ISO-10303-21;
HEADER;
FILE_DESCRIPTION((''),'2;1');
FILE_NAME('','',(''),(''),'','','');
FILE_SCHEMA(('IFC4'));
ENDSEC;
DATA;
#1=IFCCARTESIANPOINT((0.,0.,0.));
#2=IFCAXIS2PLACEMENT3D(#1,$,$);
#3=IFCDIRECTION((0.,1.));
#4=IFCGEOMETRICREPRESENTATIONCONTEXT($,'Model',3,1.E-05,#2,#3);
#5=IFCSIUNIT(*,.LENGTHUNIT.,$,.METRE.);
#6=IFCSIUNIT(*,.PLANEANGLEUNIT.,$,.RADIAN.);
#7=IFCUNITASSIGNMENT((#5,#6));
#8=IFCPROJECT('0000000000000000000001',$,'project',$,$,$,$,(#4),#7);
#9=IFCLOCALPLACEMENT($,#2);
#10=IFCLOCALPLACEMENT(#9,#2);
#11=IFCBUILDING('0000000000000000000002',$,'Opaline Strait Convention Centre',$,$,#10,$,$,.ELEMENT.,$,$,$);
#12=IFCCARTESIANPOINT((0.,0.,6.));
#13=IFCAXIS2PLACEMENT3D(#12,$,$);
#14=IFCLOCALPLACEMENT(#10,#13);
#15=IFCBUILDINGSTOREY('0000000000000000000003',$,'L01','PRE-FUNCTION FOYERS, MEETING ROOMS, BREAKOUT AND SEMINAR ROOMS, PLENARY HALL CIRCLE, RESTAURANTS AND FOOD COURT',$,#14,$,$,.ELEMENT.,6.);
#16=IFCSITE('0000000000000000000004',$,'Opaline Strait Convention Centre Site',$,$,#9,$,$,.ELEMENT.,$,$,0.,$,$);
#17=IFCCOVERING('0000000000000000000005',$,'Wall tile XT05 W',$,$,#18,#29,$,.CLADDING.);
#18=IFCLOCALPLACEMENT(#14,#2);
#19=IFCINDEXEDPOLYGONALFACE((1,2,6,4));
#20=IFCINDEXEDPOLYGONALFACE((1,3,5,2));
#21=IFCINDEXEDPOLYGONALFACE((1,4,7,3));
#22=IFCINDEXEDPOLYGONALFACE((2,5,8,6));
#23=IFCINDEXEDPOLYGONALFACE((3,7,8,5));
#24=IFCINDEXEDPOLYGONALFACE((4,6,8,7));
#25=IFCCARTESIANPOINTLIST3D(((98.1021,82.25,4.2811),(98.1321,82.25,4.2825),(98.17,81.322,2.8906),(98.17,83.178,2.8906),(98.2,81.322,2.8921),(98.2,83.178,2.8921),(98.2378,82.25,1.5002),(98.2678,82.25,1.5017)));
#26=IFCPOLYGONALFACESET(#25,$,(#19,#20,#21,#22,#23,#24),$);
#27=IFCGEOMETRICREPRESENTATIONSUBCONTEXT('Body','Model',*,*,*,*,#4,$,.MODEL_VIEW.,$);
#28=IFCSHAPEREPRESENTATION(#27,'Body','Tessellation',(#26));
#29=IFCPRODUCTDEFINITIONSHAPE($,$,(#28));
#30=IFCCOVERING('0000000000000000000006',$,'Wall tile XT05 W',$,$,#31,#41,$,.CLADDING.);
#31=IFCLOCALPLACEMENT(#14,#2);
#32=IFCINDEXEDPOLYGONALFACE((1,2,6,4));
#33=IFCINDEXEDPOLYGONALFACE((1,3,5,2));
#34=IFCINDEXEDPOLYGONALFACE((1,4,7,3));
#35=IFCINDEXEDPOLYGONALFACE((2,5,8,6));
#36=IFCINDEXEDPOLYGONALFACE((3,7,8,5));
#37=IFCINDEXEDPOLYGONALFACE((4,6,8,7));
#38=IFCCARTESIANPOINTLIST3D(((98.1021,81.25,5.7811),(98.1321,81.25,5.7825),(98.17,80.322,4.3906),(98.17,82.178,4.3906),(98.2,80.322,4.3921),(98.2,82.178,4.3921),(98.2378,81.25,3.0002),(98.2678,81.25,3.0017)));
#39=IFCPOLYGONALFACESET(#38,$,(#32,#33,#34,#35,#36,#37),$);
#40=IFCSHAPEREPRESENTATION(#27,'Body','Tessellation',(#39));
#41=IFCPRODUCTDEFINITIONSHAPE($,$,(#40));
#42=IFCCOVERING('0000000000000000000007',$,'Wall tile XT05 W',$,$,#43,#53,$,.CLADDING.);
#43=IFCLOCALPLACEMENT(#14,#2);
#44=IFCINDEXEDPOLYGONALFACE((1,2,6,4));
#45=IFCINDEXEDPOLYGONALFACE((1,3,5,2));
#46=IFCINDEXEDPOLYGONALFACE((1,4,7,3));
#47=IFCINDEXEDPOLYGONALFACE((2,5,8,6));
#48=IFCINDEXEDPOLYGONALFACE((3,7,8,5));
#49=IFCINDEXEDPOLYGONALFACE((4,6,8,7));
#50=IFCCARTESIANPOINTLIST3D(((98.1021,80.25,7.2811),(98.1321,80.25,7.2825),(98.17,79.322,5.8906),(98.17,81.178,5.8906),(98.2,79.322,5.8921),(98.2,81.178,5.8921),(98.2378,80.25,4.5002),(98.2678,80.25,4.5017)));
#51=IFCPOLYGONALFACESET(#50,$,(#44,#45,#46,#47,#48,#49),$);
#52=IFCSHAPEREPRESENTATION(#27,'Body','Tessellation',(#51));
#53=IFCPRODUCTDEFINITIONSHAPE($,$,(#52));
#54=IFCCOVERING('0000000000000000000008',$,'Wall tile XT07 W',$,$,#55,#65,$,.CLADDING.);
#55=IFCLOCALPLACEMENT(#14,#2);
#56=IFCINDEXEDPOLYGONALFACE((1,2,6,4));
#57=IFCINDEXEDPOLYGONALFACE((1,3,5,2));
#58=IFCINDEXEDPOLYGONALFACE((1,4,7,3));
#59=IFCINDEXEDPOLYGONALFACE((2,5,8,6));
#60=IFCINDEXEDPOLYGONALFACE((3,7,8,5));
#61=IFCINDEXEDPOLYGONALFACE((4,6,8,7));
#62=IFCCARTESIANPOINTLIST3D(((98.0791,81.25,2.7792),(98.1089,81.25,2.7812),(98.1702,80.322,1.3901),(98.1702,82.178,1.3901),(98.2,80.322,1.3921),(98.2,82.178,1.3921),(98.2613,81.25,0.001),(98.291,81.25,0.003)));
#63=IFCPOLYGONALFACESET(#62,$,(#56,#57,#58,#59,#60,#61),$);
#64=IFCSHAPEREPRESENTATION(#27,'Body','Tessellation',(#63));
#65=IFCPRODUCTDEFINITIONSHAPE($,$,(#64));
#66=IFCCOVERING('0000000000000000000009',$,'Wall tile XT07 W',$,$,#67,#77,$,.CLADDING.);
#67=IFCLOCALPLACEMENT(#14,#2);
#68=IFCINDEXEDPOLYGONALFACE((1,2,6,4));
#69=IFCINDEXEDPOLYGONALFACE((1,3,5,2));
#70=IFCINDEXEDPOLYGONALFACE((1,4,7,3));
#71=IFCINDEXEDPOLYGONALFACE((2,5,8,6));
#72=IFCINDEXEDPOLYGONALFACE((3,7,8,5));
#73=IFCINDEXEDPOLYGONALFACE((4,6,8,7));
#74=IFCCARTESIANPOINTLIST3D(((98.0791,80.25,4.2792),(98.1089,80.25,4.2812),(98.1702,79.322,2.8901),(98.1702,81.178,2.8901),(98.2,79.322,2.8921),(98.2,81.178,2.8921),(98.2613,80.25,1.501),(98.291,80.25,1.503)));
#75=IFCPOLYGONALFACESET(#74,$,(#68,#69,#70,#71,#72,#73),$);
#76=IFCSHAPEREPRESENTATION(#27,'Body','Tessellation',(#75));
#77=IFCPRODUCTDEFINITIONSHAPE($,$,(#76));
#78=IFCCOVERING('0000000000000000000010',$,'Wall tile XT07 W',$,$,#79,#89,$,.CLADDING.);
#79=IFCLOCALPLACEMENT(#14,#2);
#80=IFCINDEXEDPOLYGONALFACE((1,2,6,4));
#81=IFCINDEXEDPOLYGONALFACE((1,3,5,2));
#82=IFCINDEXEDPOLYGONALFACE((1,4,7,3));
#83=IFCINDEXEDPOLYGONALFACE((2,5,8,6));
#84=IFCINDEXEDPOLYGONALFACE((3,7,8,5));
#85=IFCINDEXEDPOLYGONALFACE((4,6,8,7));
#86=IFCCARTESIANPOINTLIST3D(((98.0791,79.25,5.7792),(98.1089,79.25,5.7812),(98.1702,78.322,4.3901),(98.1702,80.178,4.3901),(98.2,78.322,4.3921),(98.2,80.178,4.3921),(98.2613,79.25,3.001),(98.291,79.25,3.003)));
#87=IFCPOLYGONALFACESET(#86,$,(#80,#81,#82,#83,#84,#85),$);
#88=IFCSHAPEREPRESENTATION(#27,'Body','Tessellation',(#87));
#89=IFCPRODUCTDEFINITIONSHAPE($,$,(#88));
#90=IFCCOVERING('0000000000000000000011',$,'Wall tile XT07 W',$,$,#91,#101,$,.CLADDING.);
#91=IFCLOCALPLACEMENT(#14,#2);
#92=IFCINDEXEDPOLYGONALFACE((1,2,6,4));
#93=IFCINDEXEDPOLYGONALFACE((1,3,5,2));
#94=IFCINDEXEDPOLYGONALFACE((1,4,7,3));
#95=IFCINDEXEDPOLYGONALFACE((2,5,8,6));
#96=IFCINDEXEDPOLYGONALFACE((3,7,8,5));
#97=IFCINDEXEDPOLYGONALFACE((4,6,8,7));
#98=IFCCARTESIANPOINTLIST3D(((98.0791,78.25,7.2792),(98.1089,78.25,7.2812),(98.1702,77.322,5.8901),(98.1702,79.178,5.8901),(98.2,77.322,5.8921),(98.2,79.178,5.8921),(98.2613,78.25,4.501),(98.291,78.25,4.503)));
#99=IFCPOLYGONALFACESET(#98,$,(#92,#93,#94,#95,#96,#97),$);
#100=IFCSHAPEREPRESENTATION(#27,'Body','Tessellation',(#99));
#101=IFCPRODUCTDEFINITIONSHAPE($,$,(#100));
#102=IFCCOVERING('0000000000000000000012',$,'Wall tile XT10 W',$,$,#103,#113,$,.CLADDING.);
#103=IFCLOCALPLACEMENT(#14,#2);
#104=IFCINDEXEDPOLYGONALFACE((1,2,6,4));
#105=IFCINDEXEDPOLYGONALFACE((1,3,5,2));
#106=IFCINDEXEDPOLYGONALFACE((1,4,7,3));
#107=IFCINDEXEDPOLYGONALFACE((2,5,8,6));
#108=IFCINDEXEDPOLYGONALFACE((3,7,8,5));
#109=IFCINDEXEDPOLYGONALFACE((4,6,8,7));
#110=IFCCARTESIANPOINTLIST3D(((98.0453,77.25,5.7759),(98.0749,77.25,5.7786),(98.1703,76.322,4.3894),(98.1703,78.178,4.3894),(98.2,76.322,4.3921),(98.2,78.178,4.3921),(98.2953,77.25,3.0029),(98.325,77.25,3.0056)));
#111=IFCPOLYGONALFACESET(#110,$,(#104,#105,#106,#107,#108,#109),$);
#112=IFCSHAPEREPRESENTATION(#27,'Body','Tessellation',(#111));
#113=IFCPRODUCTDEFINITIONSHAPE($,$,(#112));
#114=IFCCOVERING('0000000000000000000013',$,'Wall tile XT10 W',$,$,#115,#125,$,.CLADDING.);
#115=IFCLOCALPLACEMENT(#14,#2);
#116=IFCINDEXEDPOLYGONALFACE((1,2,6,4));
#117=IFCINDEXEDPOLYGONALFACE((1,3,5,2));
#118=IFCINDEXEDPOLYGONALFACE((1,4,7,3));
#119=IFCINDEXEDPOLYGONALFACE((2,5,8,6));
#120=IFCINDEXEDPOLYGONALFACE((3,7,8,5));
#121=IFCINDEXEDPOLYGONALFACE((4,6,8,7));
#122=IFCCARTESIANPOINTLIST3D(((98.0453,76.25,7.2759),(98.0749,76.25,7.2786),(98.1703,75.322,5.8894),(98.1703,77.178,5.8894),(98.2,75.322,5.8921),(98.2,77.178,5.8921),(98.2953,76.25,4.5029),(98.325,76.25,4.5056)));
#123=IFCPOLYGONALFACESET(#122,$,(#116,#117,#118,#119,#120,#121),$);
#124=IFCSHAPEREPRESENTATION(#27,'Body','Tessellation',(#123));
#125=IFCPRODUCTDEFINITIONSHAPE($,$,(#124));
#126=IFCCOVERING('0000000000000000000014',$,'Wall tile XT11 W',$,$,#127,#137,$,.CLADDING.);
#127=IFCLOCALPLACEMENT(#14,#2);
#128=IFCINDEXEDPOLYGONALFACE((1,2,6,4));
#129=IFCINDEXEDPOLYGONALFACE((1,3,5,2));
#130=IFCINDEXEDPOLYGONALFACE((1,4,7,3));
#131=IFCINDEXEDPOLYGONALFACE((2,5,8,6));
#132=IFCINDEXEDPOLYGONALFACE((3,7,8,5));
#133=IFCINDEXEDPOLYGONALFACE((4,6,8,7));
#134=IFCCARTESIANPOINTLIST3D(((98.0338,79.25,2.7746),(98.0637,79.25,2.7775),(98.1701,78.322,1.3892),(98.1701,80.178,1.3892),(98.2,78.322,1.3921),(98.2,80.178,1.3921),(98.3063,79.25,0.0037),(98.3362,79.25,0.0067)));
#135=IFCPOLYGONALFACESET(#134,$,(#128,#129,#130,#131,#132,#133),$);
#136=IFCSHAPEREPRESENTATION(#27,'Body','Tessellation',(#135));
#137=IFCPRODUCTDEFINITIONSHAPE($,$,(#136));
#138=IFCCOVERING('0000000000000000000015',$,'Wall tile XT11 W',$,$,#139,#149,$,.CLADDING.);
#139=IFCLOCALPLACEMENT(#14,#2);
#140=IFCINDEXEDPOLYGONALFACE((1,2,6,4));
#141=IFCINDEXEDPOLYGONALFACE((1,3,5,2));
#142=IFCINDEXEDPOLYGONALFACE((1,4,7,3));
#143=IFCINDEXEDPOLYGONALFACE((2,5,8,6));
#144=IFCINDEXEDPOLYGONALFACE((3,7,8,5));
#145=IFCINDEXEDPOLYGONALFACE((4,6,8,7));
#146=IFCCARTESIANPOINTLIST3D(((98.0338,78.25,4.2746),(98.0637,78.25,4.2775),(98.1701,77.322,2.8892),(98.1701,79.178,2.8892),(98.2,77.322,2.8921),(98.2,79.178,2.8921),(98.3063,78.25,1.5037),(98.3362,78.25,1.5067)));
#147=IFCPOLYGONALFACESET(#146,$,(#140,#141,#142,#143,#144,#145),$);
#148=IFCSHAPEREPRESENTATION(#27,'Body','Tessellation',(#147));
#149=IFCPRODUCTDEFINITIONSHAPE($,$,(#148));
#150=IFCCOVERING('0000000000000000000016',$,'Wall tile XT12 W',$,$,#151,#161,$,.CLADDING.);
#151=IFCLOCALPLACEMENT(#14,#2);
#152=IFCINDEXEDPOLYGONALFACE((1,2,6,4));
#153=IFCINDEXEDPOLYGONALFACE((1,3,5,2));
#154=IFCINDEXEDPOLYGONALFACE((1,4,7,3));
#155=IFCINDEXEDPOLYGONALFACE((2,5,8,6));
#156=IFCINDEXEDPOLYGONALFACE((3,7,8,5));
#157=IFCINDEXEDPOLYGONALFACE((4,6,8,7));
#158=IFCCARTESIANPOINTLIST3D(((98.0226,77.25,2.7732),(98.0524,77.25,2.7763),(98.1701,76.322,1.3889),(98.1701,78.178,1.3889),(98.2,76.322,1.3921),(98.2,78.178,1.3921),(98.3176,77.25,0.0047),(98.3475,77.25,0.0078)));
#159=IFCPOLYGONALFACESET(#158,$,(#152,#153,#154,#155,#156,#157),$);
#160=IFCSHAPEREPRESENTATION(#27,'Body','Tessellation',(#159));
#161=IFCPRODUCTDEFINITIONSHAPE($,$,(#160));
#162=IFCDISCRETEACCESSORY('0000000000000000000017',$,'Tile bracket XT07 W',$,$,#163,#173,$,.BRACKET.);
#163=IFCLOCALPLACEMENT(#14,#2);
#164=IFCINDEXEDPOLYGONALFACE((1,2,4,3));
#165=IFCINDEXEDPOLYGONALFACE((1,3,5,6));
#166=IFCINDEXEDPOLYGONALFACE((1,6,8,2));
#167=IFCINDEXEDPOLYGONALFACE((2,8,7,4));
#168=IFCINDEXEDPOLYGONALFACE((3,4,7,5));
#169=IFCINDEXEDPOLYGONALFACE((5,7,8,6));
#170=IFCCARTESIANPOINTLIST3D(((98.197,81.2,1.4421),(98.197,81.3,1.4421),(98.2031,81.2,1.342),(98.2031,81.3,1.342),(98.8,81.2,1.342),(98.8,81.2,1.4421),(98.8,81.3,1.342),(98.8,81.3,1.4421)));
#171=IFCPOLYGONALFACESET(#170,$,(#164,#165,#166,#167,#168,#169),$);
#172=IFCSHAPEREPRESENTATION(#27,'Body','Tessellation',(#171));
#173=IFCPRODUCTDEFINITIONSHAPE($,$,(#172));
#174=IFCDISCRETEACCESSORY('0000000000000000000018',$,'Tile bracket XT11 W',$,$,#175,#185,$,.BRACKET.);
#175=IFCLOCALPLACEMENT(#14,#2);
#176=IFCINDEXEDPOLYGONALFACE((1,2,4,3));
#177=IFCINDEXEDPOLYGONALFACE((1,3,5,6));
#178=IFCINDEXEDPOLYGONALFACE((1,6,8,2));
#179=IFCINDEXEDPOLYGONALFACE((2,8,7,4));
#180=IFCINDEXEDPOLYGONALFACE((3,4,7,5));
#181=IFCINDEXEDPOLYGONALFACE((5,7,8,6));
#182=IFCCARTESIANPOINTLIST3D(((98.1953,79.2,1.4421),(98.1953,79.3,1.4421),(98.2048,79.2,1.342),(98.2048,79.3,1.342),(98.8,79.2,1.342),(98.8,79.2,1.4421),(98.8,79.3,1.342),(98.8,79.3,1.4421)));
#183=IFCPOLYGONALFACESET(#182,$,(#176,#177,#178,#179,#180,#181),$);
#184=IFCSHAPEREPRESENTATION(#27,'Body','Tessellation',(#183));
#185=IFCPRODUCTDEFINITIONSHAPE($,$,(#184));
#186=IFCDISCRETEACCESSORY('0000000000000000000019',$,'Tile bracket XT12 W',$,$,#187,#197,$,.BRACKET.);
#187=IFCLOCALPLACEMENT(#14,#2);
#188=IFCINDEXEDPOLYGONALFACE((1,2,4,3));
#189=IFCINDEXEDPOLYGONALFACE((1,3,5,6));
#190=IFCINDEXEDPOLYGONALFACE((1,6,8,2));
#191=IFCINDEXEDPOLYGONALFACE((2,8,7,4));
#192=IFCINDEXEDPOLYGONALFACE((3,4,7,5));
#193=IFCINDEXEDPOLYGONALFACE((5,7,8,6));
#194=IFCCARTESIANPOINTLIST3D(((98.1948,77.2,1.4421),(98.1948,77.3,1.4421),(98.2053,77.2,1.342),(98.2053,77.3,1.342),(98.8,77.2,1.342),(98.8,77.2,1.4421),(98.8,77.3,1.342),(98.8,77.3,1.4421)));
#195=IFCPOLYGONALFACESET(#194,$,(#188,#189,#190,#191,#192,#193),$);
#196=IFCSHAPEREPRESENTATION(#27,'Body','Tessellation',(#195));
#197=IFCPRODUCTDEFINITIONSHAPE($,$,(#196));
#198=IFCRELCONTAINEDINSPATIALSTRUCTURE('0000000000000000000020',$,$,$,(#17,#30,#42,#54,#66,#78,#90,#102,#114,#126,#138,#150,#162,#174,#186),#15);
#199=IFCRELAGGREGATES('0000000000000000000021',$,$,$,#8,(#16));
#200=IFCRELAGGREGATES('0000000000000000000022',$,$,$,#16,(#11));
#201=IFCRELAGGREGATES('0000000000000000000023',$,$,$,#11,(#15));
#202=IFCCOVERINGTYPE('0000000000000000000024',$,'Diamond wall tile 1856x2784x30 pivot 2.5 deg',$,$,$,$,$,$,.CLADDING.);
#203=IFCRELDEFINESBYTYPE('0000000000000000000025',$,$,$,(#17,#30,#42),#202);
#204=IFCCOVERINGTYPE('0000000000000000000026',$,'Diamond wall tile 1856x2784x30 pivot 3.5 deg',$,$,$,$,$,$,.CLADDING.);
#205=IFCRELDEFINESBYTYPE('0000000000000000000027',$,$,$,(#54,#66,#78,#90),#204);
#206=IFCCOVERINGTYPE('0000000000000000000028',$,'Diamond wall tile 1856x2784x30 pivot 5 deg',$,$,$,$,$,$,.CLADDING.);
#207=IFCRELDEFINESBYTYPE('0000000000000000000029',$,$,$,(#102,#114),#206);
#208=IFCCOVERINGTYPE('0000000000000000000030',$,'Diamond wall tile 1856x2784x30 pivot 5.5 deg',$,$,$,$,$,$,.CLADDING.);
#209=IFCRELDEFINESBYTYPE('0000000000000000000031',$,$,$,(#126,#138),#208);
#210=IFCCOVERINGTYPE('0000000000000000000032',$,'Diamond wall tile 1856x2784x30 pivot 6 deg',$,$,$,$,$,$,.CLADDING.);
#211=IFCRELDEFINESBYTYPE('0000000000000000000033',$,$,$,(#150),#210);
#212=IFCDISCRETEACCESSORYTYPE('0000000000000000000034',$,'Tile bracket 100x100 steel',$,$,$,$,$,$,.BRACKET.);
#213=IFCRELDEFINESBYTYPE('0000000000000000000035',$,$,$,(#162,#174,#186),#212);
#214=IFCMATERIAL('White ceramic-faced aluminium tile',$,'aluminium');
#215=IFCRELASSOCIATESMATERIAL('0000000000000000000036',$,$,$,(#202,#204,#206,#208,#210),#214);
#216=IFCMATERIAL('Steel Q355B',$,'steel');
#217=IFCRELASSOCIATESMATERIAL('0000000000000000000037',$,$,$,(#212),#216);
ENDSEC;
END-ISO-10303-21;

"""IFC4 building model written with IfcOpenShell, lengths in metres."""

from ifc_helpers import new_model, si_unit, direction, frame, origin, place, context, subcontext, project, spatial, polyline, outline, extrude, material, material_profile, profile_set, type_object, element, save


model = new_model("IFC4")

# Units and contexts
model_context = context("Model", 3, precision=1e-05, world=origin(), true_north=direction((0.0, 1.0)))
body_context = subcontext(model_context, "Body", "Model", "MODEL_VIEW")
ifc_project = project(units=[si_unit("LENGTHUNIT", "METRE"), si_unit("PLANEANGLEUNIT", "RADIAN")], contexts=[model_context])

# Site, building, storey
site_placement = place(None, origin())
site = spatial("IfcSite", under=ifc_project, at=site_placement, Name="Opaline Strait Convention Centre Site", CompositionType="ELEMENT", RefElevation=0.0)
building_placement = place(site_placement, origin())
building = spatial("IfcBuilding", under=site, at=building_placement, Name="Opaline Strait Convention Centre", CompositionType="ELEMENT")
storey_placement = place(building_placement, frame((0.0, 0.0, 6.0)))
storey = spatial("IfcBuildingStorey", under=building, at=storey_placement, Name="L01", Description="PRE-FUNCTION FOYERS, MEETING ROOMS, BREAKOUT AND SEMINAR ROOMS, PLENARY HALL CIRCLE, RESTAURANTS AND FOOD COURT", CompositionType="ELEMENT", Elevation=6.0)

# Coverings
ifc_material_1 = material(Name="White ceramic-faced aluminium tile", Category="aluminium")
ifc_material_profile_1 = material_profile(ifc_material_1, outline(polyline([(0.928, 0.0), (0.0, 1.3921), (-0.928, 0.0), (0.0, -1.3921), (0.928, 0.0)])), Name="Diamond tile 1856x2784")
ifc_profile_set_1 = profile_set([ifc_material_profile_1], Name="White ceramic-faced aluminium tile")
covering_type_1 = type_object("IfcCoveringType", Name="Diamond wall tile 1856x2784x30 pivot 2.5 deg", PredefinedType="CLADDING", material=ifc_profile_set_1)
for number, where, z_axis, x_axis, name in (
    (1, (98.2, 82.25, 2.8921), (-0.998812, 0.0, -0.048723), (0.0, -1.0, 0.0), "Wall tile XT05 W"),
    (2, (98.2, 81.25, 4.3921), (-0.998812, 0.0, -0.048723), (0.0, -1.0, 0.0), "Wall tile XT05 W"),
    (3, (98.2, 80.25, 5.8921), (-0.998812, 0.0, -0.048723), (0.0, -1.0, 0.0), "Wall tile XT05 W"),
):
    element("IfcCovering", number, at=place(storey_placement, frame(where, z_axis=z_axis, x_axis=x_axis)), inside=storey, type_object=covering_type_1, Name=name, PredefinedType="CLADDING", context=body_context, shape_type="SweptSolid", body=[
        extrude(outline(polyline([(0.928, 0.0), (0.0, 1.3921), (-0.928, 0.0), (0.0, -1.3921), (0.928, 0.0)])), origin(), (0.0, 0.0, 1.0), 0.03),
    ])
ifc_material_profile_2 = material_profile(ifc_material_1, outline(polyline([(0.928, 0.0), (0.0, 1.3921), (-0.928, 0.0), (0.0, -1.3921), (0.928, 0.0)])), Name="Diamond tile 1856x2784")
ifc_profile_set_2 = profile_set([ifc_material_profile_2], Name="White ceramic-faced aluminium tile")
covering_type_2 = type_object("IfcCoveringType", Name="Diamond wall tile 1856x2784x30 pivot 3.5 deg", PredefinedType="CLADDING", material=ifc_profile_set_2)
for number, where, z_axis, x_axis, name in (
    (4, (98.2, 81.25, 1.3921), (-0.997857, 0.0, -0.065433), (0.0, -1.0, 0.0), "Wall tile XT07 W"),
    (5, (98.2, 80.25, 2.8921), (-0.997857, 0.0, -0.065433), (0.0, -1.0, 0.0), "Wall tile XT07 W"),
    (6, (98.2, 79.25, 4.3921), (-0.997857, 0.0, -0.065433), (0.0, -1.0, 0.0), "Wall tile XT07 W"),
    (7, (98.2, 78.25, 5.8921), (-0.997857, 0.0, -0.065433), (0.0, -1.0, 0.0), "Wall tile XT07 W"),
):
    element("IfcCovering", number, at=place(storey_placement, frame(where, z_axis=z_axis, x_axis=x_axis)), inside=storey, type_object=covering_type_2, Name=name, PredefinedType="CLADDING", context=body_context, shape_type="SweptSolid", body=[
        extrude(outline(polyline([(0.928, 0.0), (0.0, 1.3921), (-0.928, 0.0), (0.0, -1.3921), (0.928, 0.0)])), origin(), (0.0, 0.0, 1.0), 0.0298),
    ])
ifc_material_profile_3 = material_profile(ifc_material_1, outline(polyline([(0.928, 0.0), (0.0, 1.3921), (-0.928, 0.0), (0.0, -1.3921), (0.928, 0.0)])), Name="Diamond tile 1856x2784")
ifc_profile_set_3 = profile_set([ifc_material_profile_3], Name="White ceramic-faced aluminium tile")
covering_type_3 = type_object("IfcCoveringType", Name="Diamond wall tile 1856x2784x30 pivot 5 deg", PredefinedType="CLADDING", material=ifc_profile_set_3)
for number, where, z_axis, x_axis, name in (
    (8, (98.2, 77.25, 4.3921), (-0.99596, 0.0, -0.0898), (0.0, -1.0, 0.0), "Wall tile XT10 W"),
    (9, (98.2, 76.25, 5.8921), (-0.99596, 0.0, -0.0898), (0.0, -1.0, 0.0), "Wall tile XT10 W"),
):
    element("IfcCovering", number, at=place(storey_placement, frame(where, z_axis=z_axis, x_axis=x_axis)), inside=storey, type_object=covering_type_3, Name=name, PredefinedType="CLADDING", context=body_context, shape_type="SweptSolid", body=[
        extrude(outline(polyline([(0.928, 0.0), (0.0, 1.3921), (-0.928, 0.0), (0.0, -1.3921), (0.928, 0.0)])), origin(), (0.0, 0.0, 1.0), 0.0298),
    ])
ifc_material_profile_4 = material_profile(ifc_material_1, outline(polyline([(0.928, 0.0), (0.0, 1.3921), (-0.928, 0.0), (0.0, -1.3921), (0.928, 0.0)])), Name="Diamond tile 1856x2784")
ifc_profile_set_4 = profile_set([ifc_material_profile_4], Name="White ceramic-faced aluminium tile")
covering_type_4 = type_object("IfcCoveringType", Name="Diamond wall tile 1856x2784x30 pivot 5.5 deg", PredefinedType="CLADDING", material=ifc_profile_set_4)
for number, where, z_axis, x_axis, name in (
    (10, (98.2, 79.25, 1.3921), (-0.995197, 0.0, -0.097888), (0.0, -1.0, 0.0), "Wall tile XT11 W"),
    (11, (98.2, 78.25, 2.8921), (-0.995197, 0.0, -0.097888), (0.0, -1.0, 0.0), "Wall tile XT11 W"),
):
    element("IfcCovering", number, at=place(storey_placement, frame(where, z_axis=z_axis, x_axis=x_axis)), inside=storey, type_object=covering_type_4, Name=name, PredefinedType="CLADDING", context=body_context, shape_type="SweptSolid", body=[
        extrude(outline(polyline([(0.928, 0.0), (0.0, 1.3921), (-0.928, 0.0), (0.0, -1.3921), (0.928, 0.0)])), origin(), (0.0, 0.0, 1.0), 0.03),
    ])
ifc_material_profile_5 = material_profile(ifc_material_1, outline(polyline([(0.928, 0.0), (0.0, 1.3921), (-0.928, 0.0), (0.0, -1.3921), (0.928, 0.0)])), Name="Diamond tile 1856x2784")
ifc_profile_set_5 = profile_set([ifc_material_profile_5], Name="White ceramic-faced aluminium tile")
covering_type_5 = type_object("IfcCoveringType", Name="Diamond wall tile 1856x2784x30 pivot 6 deg", PredefinedType="CLADDING", material=ifc_profile_set_5)
covering_placement = place(storey_placement, frame((98.2, 77.25, 1.3921), z_axis=(-0.994371, 0.0, -0.105958), x_axis=(0.0, -1.0, 0.0)))
element("IfcCovering", 12, at=covering_placement, inside=storey, type_object=covering_type_5, Name="Wall tile XT12 W", PredefinedType="CLADDING", context=body_context, shape_type="SweptSolid", body=[
    extrude(outline(polyline([(0.928, 0.0), (0.0, 1.3921), (-0.928, 0.0), (0.0, -1.3921), (0.928, 0.0)])), origin(), (0.0, 0.0, 1.0), 0.03),
])

# Discrete accessories
ifc_material_2 = material(Name="Steel Q355B", Category="steel")
discrete_accessory_type = type_object("IfcDiscreteAccessoryType", Name="Tile bracket 100x100 steel", PredefinedType="BRACKET", material=ifc_material_2)
discrete_accessory_1_placement = place(storey_placement, frame((98.8, 81.3, 1.3921), z_axis=(0.0, -1.0, 0.0), x_axis=(1.0, 0.0, 0.0)))
element("IfcDiscreteAccessory", 13, at=discrete_accessory_1_placement, inside=storey, type_object=discrete_accessory_type, Name="Tile bracket XT07 W", PredefinedType="BRACKET", context=body_context, shape_type="SweptSolid", body=[
    extrude(outline(polyline([(0.0, -0.05), (0.0, 0.05), (-0.603, 0.05), (-0.5969, -0.05), (0.0, -0.05)])), origin(), (0.0, 0.0, 1.0), 0.1001),
])
discrete_accessory_2_placement = place(storey_placement, frame((98.8, 79.3, 1.3921), z_axis=(0.0, -1.0, 0.0), x_axis=(1.0, 0.0, 0.0)))
element("IfcDiscreteAccessory", 14, at=discrete_accessory_2_placement, inside=storey, type_object=discrete_accessory_type, Name="Tile bracket XT11 W", PredefinedType="BRACKET", context=body_context, shape_type="SweptSolid", body=[
    extrude(outline(polyline([(0.0, -0.05), (0.0, 0.05), (-0.6047, 0.05), (-0.5952, -0.05), (0.0, -0.05)])), origin(), (0.0, 0.0, 1.0), 0.1001),
])
discrete_accessory_3_placement = place(storey_placement, frame((98.8, 77.3, 1.3921), z_axis=(0.0, -1.0, 0.0), x_axis=(1.0, 0.0, 0.0)))
element("IfcDiscreteAccessory", 15, at=discrete_accessory_3_placement, inside=storey, type_object=discrete_accessory_type, Name="Tile bracket XT12 W", PredefinedType="BRACKET", context=body_context, shape_type="SweptSolid", body=[
    extrude(outline(polyline([(0.0, -0.05), (0.0, 0.05), (-0.6052, 0.05), (-0.5947, -0.05), (0.0, -0.05)])), origin(), (0.0, 0.0, 1.0), 0.1001),
])

save(model, "model.ifc")
